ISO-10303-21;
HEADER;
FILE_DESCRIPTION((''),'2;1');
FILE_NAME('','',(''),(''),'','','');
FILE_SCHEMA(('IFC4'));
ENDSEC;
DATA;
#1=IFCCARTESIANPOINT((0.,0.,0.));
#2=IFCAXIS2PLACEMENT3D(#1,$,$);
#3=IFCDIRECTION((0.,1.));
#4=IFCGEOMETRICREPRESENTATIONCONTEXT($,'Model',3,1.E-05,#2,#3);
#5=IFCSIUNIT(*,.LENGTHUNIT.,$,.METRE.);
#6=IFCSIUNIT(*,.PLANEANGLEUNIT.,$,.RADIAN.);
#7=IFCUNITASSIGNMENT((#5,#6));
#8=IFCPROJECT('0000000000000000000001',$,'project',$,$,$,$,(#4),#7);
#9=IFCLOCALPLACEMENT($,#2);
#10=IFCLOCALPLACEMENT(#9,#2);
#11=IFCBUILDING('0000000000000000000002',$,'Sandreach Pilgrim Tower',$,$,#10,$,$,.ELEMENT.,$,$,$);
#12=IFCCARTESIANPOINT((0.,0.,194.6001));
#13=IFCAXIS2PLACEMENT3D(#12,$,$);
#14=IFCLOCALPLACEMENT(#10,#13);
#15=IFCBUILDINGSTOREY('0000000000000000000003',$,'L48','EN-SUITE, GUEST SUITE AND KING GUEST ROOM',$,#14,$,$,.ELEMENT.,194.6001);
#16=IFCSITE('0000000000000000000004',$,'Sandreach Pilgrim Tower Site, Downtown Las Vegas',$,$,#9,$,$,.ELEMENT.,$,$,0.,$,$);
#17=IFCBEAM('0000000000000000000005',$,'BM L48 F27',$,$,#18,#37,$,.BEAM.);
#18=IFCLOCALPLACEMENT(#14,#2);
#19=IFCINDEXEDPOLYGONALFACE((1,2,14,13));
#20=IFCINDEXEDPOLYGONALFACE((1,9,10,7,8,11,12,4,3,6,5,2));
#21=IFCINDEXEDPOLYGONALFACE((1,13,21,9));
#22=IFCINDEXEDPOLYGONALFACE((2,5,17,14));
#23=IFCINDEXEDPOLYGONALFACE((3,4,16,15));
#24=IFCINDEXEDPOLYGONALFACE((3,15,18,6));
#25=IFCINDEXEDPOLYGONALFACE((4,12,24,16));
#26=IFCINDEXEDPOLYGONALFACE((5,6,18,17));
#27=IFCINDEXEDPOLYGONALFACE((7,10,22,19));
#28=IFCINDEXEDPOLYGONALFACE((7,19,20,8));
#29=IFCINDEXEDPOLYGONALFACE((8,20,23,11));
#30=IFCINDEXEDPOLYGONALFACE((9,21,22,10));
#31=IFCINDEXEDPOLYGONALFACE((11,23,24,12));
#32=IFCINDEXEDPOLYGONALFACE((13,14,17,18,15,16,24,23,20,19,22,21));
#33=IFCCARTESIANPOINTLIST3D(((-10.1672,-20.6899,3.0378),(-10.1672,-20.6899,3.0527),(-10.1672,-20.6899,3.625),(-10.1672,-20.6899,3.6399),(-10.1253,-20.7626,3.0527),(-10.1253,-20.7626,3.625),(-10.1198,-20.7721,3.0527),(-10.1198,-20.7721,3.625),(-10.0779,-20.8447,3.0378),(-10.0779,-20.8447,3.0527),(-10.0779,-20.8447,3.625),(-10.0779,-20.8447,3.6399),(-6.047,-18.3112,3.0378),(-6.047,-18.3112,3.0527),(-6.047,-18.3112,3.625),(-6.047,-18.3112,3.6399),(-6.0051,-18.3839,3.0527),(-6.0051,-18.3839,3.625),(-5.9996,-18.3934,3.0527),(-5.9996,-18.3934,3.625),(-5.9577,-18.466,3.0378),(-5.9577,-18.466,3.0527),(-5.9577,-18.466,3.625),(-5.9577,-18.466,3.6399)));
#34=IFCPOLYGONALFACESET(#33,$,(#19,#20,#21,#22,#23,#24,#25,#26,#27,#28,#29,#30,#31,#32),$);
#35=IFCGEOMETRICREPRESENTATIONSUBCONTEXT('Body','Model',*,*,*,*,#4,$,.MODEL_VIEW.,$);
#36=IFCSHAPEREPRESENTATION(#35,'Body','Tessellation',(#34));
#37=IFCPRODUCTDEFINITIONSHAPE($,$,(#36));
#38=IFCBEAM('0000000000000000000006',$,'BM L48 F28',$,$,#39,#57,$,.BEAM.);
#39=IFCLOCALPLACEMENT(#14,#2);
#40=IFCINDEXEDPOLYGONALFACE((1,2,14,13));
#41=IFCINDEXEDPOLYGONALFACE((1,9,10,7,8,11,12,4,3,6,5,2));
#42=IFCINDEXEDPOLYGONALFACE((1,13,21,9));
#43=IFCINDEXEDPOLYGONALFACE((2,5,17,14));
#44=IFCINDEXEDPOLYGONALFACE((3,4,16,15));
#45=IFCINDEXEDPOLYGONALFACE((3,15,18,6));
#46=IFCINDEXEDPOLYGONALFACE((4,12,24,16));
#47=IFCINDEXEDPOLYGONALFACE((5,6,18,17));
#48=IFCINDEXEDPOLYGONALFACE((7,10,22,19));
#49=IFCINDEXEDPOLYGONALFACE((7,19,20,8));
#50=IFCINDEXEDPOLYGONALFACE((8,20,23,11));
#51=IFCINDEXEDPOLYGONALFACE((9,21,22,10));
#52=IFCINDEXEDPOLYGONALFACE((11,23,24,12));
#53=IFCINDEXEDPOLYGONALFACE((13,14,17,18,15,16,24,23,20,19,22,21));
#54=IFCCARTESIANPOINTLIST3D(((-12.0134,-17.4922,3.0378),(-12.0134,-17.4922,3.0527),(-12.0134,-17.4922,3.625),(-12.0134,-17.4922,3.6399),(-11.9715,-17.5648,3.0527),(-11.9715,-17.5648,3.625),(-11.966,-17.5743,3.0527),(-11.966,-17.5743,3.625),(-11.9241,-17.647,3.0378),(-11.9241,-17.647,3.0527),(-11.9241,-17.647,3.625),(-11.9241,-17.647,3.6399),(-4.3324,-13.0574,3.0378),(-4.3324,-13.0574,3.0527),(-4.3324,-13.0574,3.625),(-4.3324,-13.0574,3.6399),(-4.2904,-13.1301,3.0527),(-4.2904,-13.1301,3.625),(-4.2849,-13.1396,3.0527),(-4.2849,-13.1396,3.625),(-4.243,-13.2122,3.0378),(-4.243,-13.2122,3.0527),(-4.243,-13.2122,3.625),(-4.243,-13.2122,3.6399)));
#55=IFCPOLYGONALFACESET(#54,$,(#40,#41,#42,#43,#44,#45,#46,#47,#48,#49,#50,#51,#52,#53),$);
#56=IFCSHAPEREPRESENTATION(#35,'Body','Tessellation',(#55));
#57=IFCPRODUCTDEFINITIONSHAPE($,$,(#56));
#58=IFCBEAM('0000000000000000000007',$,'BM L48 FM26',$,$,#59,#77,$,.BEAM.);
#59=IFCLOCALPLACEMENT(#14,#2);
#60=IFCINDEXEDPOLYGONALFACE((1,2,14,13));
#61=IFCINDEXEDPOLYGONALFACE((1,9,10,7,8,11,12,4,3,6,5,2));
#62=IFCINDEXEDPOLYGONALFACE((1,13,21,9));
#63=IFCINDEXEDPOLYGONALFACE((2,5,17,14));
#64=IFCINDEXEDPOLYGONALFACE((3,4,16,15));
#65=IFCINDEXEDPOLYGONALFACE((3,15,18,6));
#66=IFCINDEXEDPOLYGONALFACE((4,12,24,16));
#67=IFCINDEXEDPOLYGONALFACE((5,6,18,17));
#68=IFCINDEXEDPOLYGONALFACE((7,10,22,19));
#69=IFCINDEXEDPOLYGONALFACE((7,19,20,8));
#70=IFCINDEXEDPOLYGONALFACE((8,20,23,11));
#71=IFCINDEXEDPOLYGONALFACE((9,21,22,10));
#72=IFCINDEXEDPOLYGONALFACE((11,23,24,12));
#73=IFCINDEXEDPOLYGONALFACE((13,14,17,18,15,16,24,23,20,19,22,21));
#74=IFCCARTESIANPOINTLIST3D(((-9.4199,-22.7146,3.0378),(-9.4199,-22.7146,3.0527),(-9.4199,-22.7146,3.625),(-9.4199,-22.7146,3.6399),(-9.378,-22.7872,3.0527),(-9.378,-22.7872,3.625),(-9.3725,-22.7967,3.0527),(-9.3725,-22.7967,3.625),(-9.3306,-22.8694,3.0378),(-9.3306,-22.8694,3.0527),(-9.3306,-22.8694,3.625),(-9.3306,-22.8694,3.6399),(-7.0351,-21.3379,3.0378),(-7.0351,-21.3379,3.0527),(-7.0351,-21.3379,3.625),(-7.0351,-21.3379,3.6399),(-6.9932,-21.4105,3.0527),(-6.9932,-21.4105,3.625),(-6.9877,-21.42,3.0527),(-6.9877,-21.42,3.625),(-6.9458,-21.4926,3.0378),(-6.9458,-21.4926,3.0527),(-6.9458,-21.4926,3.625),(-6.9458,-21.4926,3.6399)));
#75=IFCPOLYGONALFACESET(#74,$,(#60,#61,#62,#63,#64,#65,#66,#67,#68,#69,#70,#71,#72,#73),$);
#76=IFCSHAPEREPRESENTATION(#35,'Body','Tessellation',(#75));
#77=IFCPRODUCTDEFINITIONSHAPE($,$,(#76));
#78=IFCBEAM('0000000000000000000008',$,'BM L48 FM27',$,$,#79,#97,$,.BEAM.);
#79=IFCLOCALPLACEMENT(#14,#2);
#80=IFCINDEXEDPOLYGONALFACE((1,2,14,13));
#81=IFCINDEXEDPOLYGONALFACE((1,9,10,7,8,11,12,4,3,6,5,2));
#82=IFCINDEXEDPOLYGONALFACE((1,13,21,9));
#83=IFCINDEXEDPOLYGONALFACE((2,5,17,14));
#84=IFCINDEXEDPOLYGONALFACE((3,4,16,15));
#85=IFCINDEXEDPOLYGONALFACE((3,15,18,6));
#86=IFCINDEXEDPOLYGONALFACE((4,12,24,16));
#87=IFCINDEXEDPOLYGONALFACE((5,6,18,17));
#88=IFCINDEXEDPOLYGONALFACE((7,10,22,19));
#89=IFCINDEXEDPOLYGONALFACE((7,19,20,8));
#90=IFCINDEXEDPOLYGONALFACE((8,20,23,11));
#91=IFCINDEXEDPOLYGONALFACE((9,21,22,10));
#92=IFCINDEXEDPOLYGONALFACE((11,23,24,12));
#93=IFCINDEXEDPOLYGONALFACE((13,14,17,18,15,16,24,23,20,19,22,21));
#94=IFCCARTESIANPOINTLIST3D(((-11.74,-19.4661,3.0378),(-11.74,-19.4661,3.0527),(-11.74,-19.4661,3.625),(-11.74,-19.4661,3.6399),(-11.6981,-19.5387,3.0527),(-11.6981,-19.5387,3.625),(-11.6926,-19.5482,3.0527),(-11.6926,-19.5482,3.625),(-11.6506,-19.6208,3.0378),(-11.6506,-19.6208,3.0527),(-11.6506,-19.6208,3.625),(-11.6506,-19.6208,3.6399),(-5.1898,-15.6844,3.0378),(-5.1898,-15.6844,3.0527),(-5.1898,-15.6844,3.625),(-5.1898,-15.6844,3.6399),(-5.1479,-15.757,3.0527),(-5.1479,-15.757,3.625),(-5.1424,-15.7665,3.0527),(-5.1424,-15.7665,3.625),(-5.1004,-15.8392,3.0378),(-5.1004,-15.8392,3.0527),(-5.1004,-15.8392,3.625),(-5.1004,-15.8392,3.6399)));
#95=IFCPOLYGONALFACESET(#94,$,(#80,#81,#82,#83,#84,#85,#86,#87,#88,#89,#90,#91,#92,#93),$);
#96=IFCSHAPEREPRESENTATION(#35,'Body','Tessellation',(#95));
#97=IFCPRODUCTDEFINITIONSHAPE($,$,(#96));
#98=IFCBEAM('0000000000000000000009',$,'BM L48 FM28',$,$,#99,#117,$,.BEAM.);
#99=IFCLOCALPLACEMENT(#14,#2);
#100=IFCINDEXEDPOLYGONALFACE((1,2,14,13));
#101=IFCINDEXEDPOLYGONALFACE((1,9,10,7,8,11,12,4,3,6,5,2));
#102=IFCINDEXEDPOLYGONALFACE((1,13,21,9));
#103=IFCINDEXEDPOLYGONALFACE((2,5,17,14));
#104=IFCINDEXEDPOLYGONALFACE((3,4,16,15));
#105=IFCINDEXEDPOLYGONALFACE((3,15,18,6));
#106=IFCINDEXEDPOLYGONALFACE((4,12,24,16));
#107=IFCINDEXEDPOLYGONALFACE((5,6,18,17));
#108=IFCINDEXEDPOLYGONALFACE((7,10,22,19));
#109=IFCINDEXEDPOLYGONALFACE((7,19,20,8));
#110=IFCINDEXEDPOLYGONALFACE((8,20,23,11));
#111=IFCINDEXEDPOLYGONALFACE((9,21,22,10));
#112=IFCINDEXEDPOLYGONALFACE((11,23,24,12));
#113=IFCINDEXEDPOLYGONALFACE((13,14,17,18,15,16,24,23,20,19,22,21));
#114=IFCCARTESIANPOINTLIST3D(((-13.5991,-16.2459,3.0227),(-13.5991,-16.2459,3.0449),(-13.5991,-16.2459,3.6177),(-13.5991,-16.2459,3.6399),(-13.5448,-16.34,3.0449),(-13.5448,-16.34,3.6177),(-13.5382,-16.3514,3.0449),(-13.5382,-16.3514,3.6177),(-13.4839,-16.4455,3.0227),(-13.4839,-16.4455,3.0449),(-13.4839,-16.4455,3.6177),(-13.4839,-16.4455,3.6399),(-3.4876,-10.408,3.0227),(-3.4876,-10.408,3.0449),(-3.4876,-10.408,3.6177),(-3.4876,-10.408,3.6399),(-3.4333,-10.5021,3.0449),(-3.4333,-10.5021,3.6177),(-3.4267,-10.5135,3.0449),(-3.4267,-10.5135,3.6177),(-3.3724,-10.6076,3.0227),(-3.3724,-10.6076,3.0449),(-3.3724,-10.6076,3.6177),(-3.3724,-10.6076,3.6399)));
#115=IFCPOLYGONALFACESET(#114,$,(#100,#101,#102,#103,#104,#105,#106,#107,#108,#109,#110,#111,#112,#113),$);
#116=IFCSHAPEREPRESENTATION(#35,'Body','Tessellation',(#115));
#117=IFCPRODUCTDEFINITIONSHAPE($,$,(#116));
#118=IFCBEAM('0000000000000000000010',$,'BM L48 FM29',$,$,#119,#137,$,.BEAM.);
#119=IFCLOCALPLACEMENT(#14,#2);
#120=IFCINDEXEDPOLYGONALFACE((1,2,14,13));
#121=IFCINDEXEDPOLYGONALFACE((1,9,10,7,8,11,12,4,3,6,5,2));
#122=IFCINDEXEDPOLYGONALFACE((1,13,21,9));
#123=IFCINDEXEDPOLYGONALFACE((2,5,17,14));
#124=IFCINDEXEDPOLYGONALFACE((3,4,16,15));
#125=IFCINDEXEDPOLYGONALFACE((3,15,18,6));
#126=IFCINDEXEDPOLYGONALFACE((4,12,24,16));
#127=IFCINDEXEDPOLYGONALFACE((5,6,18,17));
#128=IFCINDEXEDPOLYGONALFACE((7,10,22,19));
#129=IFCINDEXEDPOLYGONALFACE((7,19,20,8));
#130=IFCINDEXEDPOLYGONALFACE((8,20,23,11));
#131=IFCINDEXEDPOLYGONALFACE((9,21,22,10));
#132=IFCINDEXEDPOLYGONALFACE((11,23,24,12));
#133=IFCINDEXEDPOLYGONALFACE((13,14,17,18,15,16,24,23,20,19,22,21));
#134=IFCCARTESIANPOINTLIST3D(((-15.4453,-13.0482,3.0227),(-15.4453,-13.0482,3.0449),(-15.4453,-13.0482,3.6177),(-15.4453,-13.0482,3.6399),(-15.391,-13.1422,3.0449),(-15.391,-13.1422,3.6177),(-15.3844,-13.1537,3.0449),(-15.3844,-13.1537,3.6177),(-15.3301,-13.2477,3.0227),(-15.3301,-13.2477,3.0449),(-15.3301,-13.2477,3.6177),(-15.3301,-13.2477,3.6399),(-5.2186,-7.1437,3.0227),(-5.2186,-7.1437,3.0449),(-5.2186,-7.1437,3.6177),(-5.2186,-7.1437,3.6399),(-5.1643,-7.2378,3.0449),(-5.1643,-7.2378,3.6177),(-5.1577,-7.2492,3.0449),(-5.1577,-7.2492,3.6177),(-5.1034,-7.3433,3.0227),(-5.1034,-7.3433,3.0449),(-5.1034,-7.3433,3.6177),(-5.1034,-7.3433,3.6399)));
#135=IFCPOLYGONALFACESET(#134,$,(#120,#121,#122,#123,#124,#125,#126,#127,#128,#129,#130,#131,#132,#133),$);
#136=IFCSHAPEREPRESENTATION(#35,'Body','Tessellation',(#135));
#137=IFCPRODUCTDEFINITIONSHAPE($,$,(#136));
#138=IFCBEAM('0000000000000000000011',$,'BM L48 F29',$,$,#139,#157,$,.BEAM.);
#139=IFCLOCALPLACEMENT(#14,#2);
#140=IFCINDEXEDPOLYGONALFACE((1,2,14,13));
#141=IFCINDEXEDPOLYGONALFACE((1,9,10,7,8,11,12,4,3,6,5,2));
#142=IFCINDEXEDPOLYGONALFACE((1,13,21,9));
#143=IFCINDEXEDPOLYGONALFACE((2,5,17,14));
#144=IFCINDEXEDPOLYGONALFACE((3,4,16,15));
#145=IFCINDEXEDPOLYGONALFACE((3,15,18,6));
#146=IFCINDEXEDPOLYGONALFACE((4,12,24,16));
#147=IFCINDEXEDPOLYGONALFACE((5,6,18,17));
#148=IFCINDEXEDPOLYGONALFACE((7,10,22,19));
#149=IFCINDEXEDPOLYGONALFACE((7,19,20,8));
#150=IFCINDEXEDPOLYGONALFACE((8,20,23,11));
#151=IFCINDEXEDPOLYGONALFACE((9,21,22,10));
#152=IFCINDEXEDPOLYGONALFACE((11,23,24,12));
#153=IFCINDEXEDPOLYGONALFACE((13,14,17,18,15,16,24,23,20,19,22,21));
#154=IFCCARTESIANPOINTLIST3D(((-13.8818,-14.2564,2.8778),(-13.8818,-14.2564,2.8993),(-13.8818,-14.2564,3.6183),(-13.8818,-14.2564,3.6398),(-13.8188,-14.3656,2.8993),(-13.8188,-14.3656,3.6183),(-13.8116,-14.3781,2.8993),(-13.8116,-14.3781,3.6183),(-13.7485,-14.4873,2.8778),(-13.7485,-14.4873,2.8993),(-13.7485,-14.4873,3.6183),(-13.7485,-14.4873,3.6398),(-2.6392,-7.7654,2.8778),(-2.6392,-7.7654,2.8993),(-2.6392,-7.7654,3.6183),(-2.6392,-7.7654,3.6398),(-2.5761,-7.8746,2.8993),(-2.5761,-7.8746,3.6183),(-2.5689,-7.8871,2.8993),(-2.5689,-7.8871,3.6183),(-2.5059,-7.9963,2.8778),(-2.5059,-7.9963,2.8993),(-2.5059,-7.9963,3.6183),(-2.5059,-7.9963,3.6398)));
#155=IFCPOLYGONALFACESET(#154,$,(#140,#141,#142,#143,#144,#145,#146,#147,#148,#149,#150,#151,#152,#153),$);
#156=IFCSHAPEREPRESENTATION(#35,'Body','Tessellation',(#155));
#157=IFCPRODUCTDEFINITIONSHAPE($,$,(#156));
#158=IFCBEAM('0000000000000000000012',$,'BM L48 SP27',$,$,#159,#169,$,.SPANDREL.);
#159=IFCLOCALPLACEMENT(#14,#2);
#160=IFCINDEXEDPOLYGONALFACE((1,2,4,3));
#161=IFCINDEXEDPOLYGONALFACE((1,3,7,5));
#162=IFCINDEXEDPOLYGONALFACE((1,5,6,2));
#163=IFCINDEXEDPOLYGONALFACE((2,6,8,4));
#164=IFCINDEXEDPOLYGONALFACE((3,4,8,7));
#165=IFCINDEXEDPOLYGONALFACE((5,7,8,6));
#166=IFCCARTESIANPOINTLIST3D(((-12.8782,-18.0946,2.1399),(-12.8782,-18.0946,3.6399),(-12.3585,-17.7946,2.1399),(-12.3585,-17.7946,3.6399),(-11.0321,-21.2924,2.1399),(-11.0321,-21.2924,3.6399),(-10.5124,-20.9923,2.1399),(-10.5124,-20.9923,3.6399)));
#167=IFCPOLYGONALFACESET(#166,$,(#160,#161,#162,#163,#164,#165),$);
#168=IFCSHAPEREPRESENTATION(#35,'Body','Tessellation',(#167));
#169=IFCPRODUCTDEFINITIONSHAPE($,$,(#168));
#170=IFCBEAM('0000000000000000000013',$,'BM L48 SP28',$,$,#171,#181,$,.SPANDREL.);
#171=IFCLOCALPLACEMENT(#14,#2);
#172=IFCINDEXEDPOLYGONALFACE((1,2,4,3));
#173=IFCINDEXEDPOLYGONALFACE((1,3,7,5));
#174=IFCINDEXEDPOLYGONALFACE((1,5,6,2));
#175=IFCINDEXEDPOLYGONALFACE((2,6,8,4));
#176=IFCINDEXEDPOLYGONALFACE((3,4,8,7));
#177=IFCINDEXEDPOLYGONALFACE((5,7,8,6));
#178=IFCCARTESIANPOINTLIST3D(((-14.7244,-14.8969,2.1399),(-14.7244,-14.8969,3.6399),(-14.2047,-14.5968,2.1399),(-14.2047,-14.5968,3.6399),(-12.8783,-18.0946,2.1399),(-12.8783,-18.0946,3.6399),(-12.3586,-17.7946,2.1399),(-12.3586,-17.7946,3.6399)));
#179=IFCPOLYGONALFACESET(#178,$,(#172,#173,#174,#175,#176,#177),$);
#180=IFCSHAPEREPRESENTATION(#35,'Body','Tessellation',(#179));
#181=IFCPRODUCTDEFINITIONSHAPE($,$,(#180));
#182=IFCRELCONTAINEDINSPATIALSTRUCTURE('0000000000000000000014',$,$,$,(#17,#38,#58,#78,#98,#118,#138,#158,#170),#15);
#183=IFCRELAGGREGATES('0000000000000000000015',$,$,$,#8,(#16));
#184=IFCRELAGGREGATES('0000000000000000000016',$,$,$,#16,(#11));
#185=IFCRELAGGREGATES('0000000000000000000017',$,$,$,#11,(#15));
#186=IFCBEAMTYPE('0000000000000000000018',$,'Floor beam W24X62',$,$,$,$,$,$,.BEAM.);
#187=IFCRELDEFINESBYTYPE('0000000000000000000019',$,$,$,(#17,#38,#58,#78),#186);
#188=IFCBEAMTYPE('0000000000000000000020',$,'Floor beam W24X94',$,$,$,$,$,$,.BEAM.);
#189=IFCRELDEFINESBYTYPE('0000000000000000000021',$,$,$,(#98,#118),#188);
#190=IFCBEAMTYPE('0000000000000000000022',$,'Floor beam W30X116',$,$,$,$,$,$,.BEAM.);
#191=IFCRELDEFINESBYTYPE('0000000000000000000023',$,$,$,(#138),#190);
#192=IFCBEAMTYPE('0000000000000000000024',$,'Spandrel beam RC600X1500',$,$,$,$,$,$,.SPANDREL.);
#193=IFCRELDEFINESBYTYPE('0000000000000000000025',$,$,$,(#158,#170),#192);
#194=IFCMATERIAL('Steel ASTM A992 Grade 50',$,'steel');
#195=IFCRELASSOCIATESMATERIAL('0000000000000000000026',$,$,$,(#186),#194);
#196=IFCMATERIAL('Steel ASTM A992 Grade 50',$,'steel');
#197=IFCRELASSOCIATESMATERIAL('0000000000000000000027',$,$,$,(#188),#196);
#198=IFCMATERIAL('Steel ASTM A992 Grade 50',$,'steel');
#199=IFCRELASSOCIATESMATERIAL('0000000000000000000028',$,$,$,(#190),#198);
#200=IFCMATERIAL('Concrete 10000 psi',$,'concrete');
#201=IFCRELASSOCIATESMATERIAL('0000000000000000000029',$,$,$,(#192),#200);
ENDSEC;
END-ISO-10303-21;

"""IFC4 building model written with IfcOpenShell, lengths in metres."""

from ifc_helpers import new_model, si_unit, direction, frame, origin, origin_2d, place, context, subcontext, project, spatial, rectangle, i_section, extrude, material, material_profile, profile_set, type_object, element, save


model = new_model("IFC4")

# Units and contexts
model_context = context("Model", 3, precision=1e-05, world=origin(), true_north=direction((0.0, 1.0)))
body_context = subcontext(model_context, "Body", "Model", "MODEL_VIEW")
ifc_project = project(units=[si_unit("LENGTHUNIT", "METRE"), si_unit("PLANEANGLEUNIT", "RADIAN")], contexts=[model_context])

# Site, building, storey
site_placement = place(None, origin())
site = spatial("IfcSite", under=ifc_project, at=site_placement, Name="Sandreach Pilgrim Tower Site, Downtown Las Vegas", CompositionType="ELEMENT", RefElevation=0.0)
building_placement = place(site_placement, origin())
building = spatial("IfcBuilding", under=site, at=building_placement, Name="Sandreach Pilgrim Tower", CompositionType="ELEMENT")
storey_placement = place(building_placement, frame((0.0, 0.0, 194.6001)))
storey = spatial("IfcBuildingStorey", under=building, at=storey_placement, Name="L48", Description="EN-SUITE, GUEST SUITE AND KING GUEST ROOM", CompositionType="ELEMENT", Elevation=194.6001)

# Beams
ifc_material_1 = material(Name="Steel ASTM A992 Grade 50", Category="steel")
ifc_material_profile_1 = material_profile(ifc_material_1, i_section(OverallWidth=0.1787, OverallDepth=0.6021, WebThickness=0.011, FlangeThickness=0.0149, at=origin_2d()), Name="W24X62")
ifc_profile_set_1 = profile_set([ifc_material_profile_1], Name="Steel ASTM A992 Grade 50")
beam_type_1 = type_object("IfcBeamType", Name="Floor beam W24X62", PredefinedType="BEAM", material=ifc_profile_set_1)
beam_1_placement = place(storey_placement, frame((-10.1226, -20.7673, 3.3389), z_axis=(0.866033, 0.499986, 0.0), x_axis=(-0.499986, 0.866033, 0.0)))
element("IfcBeam", 1, at=beam_1_placement, inside=storey, type_object=beam_type_1, Name="BM L48 F27", PredefinedType="BEAM", context=body_context, shape_type="SweptSolid", body=[
    extrude(i_section(OverallWidth=0.1787, OverallDepth=0.6021, WebThickness=0.011, FlangeThickness=0.0149, at=origin_2d()), origin(), (0.0, 0.0, 1.0), 4.7576),
])
beam_2_placement = place(storey_placement, frame((-11.9688, -17.5696, 3.3389), z_axis=(0.866021, 0.500008, 0.0), x_axis=(-0.500008, 0.866021, 0.0)))
element("IfcBeam", 2, at=beam_2_placement, inside=storey, type_object=beam_type_1, Name="BM L48 F28", PredefinedType="BEAM", context=body_context, shape_type="SweptSolid", body=[
    extrude(i_section(OverallWidth=0.1787, OverallDepth=0.6021, WebThickness=0.011, FlangeThickness=0.0149, at=origin_2d()), origin(), (0.0, 0.0, 1.0), 8.8694),
])
beam_3_placement = place(storey_placement, frame((-9.3752, -22.792, 3.3389), z_axis=(0.866047, 0.499963, 0.0), x_axis=(-0.499963, 0.866047, 0.0)))
element("IfcBeam", 3, at=beam_3_placement, inside=storey, type_object=beam_type_1, Name="BM L48 FM26", PredefinedType="BEAM", context=body_context, shape_type="SweptSolid", body=[
    extrude(i_section(OverallWidth=0.1787, OverallDepth=0.6021, WebThickness=0.011, FlangeThickness=0.0149, at=origin_2d()), origin(), (0.0, 0.0, 1.0), 2.7537),
])
beam_4_placement = place(storey_placement, frame((-11.6953, -19.5435, 3.3389), z_axis=(0.86603, 0.499993, 0.0), x_axis=(-0.499993, 0.86603, 0.0)))
element("IfcBeam", 4, at=beam_4_placement, inside=storey, type_object=beam_type_1, Name="BM L48 FM27", PredefinedType="BEAM", context=body_context, shape_type="SweptSolid", body=[
    extrude(i_section(OverallWidth=0.1787, OverallDepth=0.6021, WebThickness=0.011, FlangeThickness=0.0149, at=origin_2d()), origin(), (0.0, 0.0, 1.0), 7.5635),
])
ifc_material_2 = material(Name="Steel ASTM A992 Grade 50", Category="steel")
ifc_material_profile_2 = material_profile(ifc_material_2, i_section(OverallWidth=0.2305, OverallDepth=0.6172, WebThickness=0.0132, FlangeThickness=0.0222, at=origin_2d()), Name="W24X94")
ifc_profile_set_2 = profile_set([ifc_material_profile_2], Name="Steel ASTM A992 Grade 50")
beam_type_2 = type_object("IfcBeamType", Name="Floor beam W24X94", PredefinedType="BEAM", material=ifc_profile_set_2)
beam_5_placement = place(storey_placement, frame((-13.5415, -16.3457, 3.3313), z_axis=(0.866026, 0.499998, 0.0), x_axis=(-0.499998, 0.866026, 0.0)))
element("IfcBeam", 5, at=beam_5_placement, inside=storey, type_object=beam_type_2, Name="BM L48 FM28", PredefinedType="BEAM", context=body_context, shape_type="SweptSolid", body=[
    extrude(i_section(OverallWidth=0.2305, OverallDepth=0.6172, WebThickness=0.0132, FlangeThickness=0.0222, at=origin_2d()), origin(), (0.0, 0.0, 1.0), 11.6758),
])
beam_6_placement = place(storey_placement, frame((-15.3877, -13.1479, 3.3313), z_axis=(0.866022, 0.500006, 0.0), x_axis=(-0.500006, 0.866022, 0.0)))
element("IfcBeam", 6, at=beam_6_placement, inside=storey, type_object=beam_type_2, Name="BM L48 FM29", PredefinedType="BEAM", context=body_context, shape_type="SweptSolid", body=[
    extrude(i_section(OverallWidth=0.2305, OverallDepth=0.6172, WebThickness=0.0132, FlangeThickness=0.0222, at=origin_2d()), origin(), (0.0, 0.0, 1.0), 11.8088),
])
ifc_material_3 = material(Name="Steel ASTM A992 Grade 50", Category="steel")
ifc_material_profile_3 = material_profile(ifc_material_3, i_section(OverallWidth=0.2666, OverallDepth=0.762, WebThickness=0.0144, FlangeThickness=0.0215, at=origin_2d()), Name="W30X116")
ifc_profile_set_3 = profile_set([ifc_material_profile_3], Name="Steel ASTM A992 Grade 50")
beam_type_3 = type_object("IfcBeamType", Name="Floor beam W30X116", PredefinedType="BEAM", material=ifc_profile_set_3)
beam_7_placement = place(storey_placement, frame((-13.8152, -14.3718, 3.2588), z_axis=(0.866025, 0.5, 0.0), x_axis=(-0.5, 0.866025, 0.0)))
element("IfcBeam", 7, at=beam_7_placement, inside=storey, type_object=beam_type_3, Name="BM L48 F29", PredefinedType="BEAM", context=body_context, shape_type="SweptSolid", body=[
    extrude(i_section(OverallWidth=0.2666, OverallDepth=0.762, WebThickness=0.0144, FlangeThickness=0.0215, at=origin_2d()), origin(), (0.0, 0.0, 1.0), 12.9819),
])
ifc_material_4 = material(Name="Concrete 10000 psi", Category="concrete")
ifc_material_profile_4 = material_profile(ifc_material_4, rectangle(XDim=0.6001, YDim=1.5, at=origin_2d()), Name="RC600X1500")
ifc_profile_set_4 = profile_set([ifc_material_profile_4], Name="Concrete 10000 psi")
beam_type_4 = type_object("IfcBeamType", Name="Spandrel beam RC600X1500", PredefinedType="SPANDREL", material=ifc_profile_set_4)
for number, where, z_axis, x_axis, name in (
    (8, (-10.7722, -21.1423, 2.8899), (-0.499993, 0.866029, 0.0), (-0.866029, -0.499993, 0.0), "BM L48 SP27"),
    (9, (-12.6184, -17.9446, 2.8899), (-0.499993, 0.866029, 0.0), (-0.866029, -0.499993, 0.0), "BM L48 SP28"),
):
    element("IfcBeam", number, at=place(storey_placement, frame(where, z_axis=z_axis, x_axis=x_axis)), inside=storey, type_object=beam_type_4, Name=name, PredefinedType="SPANDREL", context=body_context, shape_type="SweptSolid", body=[
        extrude(rectangle(XDim=0.6001, YDim=1.5, at=origin_2d()), origin(), (0.0, 0.0, 1.0), 3.6924),
    ])

save(model, "model.ifc")
